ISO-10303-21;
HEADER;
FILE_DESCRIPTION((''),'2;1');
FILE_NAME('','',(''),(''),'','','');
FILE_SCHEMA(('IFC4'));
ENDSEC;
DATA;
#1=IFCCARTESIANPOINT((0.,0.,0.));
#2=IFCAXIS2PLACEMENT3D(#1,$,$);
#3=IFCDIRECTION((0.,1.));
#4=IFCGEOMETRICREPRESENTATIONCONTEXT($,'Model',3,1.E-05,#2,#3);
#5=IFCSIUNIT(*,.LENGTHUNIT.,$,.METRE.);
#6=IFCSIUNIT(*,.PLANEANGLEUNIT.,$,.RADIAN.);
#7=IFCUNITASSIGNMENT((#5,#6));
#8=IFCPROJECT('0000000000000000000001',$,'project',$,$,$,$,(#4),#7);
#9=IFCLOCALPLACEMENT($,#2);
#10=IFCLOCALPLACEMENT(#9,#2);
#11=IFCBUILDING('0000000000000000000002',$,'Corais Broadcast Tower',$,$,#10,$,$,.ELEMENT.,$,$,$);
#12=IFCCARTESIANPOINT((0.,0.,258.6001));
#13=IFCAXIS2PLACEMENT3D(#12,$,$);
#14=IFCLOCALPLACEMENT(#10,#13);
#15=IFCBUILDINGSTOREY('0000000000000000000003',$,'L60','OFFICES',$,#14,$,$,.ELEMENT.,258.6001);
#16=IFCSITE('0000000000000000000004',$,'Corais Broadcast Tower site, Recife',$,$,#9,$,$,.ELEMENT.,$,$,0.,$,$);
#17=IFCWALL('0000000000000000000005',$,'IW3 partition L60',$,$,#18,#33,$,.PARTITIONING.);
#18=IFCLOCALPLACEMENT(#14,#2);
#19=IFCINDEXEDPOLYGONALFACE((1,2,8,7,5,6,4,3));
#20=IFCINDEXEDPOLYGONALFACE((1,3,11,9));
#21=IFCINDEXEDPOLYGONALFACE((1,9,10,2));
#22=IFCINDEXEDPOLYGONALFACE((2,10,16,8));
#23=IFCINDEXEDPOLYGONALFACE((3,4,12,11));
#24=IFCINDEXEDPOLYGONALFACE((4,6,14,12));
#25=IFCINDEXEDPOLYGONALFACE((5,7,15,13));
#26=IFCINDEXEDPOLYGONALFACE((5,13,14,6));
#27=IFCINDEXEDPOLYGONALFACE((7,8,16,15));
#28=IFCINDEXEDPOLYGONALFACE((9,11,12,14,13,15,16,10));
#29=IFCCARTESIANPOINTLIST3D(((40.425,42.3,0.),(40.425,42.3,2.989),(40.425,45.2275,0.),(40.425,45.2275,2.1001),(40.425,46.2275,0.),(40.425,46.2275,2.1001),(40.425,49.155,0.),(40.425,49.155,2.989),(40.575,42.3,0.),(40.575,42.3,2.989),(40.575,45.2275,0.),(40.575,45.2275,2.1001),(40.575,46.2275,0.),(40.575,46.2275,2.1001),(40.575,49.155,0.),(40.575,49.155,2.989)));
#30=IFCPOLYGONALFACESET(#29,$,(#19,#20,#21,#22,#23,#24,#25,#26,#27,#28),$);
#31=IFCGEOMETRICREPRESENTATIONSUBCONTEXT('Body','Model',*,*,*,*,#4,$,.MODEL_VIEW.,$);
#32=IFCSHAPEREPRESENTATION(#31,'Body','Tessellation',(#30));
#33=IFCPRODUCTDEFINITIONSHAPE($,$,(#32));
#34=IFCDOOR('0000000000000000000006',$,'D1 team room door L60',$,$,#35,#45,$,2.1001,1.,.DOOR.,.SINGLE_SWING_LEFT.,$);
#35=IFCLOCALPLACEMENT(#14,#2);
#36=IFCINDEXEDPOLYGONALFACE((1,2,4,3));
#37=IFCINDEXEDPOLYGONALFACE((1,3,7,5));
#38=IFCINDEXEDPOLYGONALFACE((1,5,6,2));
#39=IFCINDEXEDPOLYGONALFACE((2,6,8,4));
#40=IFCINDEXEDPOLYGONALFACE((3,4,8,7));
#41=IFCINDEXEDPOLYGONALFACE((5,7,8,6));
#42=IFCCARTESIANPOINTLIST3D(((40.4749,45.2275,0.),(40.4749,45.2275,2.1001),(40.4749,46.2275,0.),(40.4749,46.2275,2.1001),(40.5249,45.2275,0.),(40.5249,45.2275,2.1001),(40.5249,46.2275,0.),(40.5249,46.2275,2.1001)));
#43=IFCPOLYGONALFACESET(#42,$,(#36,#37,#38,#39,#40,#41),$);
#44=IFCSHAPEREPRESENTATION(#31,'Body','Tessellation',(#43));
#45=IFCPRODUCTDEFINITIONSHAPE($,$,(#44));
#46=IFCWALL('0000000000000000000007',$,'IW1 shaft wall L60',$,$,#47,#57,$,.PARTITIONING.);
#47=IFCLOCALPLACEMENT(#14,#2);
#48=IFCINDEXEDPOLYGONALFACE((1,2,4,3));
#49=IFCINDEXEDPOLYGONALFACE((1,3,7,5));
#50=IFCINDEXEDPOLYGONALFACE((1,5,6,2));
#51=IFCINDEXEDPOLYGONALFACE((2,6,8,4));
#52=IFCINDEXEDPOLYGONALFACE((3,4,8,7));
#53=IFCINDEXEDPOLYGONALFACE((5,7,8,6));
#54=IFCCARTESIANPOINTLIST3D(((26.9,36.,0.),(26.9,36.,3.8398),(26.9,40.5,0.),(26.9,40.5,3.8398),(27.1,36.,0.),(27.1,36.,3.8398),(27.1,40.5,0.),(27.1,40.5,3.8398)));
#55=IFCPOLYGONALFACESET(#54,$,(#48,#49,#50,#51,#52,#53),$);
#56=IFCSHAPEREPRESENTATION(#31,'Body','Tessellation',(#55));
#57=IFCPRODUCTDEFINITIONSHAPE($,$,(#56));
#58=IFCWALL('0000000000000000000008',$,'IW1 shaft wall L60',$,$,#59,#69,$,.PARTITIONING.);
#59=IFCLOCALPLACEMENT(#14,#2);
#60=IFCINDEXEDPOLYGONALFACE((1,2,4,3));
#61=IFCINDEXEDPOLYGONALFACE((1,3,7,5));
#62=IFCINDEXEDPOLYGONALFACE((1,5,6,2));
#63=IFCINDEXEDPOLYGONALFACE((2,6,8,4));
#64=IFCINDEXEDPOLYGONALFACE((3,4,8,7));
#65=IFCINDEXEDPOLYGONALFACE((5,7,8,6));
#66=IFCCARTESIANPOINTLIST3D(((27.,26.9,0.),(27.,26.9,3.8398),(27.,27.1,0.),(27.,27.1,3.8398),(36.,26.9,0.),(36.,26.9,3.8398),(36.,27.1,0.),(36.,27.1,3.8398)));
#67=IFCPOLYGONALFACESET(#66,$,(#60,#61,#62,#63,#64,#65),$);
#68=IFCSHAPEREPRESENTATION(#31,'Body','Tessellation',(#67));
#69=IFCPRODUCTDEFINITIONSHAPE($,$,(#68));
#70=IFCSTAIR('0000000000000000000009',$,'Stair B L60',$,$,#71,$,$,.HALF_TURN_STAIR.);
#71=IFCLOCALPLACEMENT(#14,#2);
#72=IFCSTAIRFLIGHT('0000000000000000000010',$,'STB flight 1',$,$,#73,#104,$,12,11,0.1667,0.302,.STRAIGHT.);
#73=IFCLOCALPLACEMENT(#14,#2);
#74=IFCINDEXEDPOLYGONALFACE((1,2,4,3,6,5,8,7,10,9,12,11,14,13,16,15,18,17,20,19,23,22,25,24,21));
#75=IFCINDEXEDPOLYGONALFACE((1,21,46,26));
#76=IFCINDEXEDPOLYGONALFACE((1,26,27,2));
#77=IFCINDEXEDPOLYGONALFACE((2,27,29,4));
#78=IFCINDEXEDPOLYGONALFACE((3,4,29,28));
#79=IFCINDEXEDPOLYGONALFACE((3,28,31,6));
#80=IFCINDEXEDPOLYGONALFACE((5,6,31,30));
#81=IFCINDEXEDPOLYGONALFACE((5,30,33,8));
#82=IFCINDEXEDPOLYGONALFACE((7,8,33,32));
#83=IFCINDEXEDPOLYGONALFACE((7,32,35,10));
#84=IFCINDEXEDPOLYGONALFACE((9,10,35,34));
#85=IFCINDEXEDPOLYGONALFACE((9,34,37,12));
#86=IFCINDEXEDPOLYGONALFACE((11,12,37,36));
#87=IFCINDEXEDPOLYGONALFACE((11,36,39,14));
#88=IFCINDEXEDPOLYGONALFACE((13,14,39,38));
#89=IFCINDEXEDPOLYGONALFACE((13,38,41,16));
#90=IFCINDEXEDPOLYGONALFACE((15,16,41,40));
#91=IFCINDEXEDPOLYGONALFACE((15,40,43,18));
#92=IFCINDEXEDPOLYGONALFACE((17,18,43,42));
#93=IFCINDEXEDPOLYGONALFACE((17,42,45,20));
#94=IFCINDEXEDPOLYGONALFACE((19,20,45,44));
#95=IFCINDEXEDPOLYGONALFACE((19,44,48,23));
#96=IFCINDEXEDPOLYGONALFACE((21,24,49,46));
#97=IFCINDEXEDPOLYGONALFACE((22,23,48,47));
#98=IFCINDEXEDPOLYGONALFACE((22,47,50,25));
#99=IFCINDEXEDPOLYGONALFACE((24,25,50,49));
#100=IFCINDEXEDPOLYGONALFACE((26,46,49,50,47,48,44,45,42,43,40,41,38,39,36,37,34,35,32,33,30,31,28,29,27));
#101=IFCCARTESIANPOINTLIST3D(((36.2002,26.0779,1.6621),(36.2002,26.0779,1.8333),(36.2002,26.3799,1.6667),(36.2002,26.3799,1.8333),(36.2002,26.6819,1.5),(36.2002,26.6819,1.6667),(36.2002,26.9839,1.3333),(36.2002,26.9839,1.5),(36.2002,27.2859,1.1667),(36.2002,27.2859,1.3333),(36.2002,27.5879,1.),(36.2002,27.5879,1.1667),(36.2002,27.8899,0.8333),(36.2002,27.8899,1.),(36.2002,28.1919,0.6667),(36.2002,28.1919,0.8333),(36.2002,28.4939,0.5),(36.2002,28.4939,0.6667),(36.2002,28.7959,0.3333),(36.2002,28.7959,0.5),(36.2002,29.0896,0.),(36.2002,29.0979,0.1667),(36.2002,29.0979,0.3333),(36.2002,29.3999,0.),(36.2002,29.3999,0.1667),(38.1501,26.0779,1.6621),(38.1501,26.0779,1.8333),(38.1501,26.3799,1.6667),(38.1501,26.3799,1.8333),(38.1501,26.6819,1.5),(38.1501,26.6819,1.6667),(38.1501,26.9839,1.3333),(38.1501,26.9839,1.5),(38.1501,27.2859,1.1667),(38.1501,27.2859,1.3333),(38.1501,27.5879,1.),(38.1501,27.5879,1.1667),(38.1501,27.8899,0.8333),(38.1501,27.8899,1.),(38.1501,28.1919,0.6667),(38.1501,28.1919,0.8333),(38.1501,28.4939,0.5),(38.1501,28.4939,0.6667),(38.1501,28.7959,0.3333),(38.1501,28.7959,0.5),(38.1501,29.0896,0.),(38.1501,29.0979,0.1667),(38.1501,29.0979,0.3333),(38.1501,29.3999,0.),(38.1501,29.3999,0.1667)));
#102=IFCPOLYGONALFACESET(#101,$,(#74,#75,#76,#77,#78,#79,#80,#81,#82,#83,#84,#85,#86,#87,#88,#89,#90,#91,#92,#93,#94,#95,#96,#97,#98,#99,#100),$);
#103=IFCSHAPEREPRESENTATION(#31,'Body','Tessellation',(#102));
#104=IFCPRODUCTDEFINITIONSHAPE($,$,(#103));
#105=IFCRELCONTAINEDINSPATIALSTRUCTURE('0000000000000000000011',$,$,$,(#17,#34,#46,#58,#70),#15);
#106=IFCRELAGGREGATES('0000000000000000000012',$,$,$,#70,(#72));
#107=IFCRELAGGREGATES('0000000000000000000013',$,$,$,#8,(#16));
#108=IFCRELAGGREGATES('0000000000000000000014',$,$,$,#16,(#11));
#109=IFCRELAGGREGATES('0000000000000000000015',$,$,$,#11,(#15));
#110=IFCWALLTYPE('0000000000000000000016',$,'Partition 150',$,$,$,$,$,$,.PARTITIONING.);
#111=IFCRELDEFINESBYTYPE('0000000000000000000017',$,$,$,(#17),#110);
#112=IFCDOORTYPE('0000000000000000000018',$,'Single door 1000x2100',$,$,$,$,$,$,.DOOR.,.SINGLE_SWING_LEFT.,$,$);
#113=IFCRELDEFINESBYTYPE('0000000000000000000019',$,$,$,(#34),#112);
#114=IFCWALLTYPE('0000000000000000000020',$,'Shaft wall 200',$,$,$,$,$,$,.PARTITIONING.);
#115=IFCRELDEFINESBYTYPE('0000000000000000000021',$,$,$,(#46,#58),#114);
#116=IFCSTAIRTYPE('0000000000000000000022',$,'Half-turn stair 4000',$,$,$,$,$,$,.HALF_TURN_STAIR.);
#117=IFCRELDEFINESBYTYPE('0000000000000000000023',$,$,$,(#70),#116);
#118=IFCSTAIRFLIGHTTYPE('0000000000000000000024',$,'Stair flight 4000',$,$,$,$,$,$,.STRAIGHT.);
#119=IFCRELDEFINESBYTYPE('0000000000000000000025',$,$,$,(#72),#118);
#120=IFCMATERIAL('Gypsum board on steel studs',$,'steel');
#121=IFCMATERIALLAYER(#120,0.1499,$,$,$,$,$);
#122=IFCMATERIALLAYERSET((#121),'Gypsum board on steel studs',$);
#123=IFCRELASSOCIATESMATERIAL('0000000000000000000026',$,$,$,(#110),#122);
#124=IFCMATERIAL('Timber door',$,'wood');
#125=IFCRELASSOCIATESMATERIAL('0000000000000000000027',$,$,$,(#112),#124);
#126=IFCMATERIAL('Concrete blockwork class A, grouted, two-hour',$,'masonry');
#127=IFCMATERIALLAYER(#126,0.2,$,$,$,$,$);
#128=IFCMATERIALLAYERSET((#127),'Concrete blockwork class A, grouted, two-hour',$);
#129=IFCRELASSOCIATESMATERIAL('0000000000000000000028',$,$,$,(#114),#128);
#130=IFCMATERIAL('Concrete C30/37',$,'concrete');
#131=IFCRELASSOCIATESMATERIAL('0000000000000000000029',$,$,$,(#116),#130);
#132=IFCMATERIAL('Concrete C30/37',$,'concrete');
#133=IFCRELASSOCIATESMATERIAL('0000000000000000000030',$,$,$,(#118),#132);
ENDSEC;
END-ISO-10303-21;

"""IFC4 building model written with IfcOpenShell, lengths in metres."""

from ifc_helpers import new_model, si_unit, direction, frame, frame_2d, origin, place, context, subcontext, project, spatial, polyline, rectangle, outline, extrude, material, layer, layer_set, type_object, element, fill, aggregate, save


model = new_model("IFC4")

# Units and contexts
model_context = context("Model", 3, precision=1e-05, world=origin(), true_north=direction((0.0, 1.0)))
body_context = subcontext(model_context, "Body", "Model", "MODEL_VIEW")
ifc_project = project(units=[si_unit("LENGTHUNIT", "METRE"), si_unit("PLANEANGLEUNIT", "RADIAN")], contexts=[model_context])

# Site, building, storey
site_placement = place(None, origin())
site = spatial("IfcSite", under=ifc_project, at=site_placement, Name="Corais Broadcast Tower site, Recife", CompositionType="ELEMENT", RefElevation=0.0)
building_placement = place(site_placement, origin())
building = spatial("IfcBuilding", under=site, at=building_placement, Name="Corais Broadcast Tower", CompositionType="ELEMENT")
storey_placement = place(building_placement, frame((0.0, 0.0, 258.6001)))
storey = spatial("IfcBuildingStorey", under=building, at=storey_placement, Name="L60", Description="OFFICES", CompositionType="ELEMENT", Elevation=258.6001)

# Shared definitions
ifc_material_1 = material(Name="Gypsum board on steel studs", Category="steel")
ifc_layer_1 = layer(ifc_material_1, 0.1499)
ifc_layer_set_1 = layer_set([ifc_layer_1], Name="Gypsum board on steel studs")
wall_type_1 = type_object("IfcWallType", Name="Partition 150", PredefinedType="PARTITIONING", material=ifc_layer_set_1)
ifc_material_2 = material(Name="Timber door", Category="wood")
door_type = type_object("IfcDoorType", Name="Single door 1000x2100", OperationType="SINGLE_SWING_LEFT", PredefinedType="DOOR", material=ifc_material_2)

# Wall, opening, door
wall_1_placement = place(storey_placement, frame((40.5, 49.155, 0.0), z_axis=(0.0, 0.0, 1.0), x_axis=(0.0, -1.0, 0.0)))
wall_1 = element("IfcWall", 1, at=wall_1_placement, inside=storey, type_object=wall_type_1, Name="IW3 partition L60", PredefinedType="PARTITIONING", context=body_context, shape_type="SweptSolid", body=[
    extrude(rectangle(XDim=6.855, YDim=0.1499, at=frame_2d((3.4275, 0.0))), origin(), (0.0, 0.0, 1.0), 2.989),
])
opening_1_placement = place(wall_1_placement, frame((2.9275, 0.0, 0.0)))
opening_1 = element("IfcOpeningElement", 2, at=opening_1_placement, cuts=wall_1, PredefinedType="OPENING", context=body_context, shape_type="SweptSolid", body=[
    extrude(rectangle(XDim=1.0, YDim=2.1001, at=frame_2d((0.5, 1.05))), frame((0.0, 0.085, 0.0), z_axis=(0.0, -1.0, 0.0), x_axis=(1.0, 0.0, 0.0)), (0.0, 0.0, 1.0), 0.1699),
])
door_1_placement = place(opening_1_placement, origin())
door_1 = element("IfcDoor", 3, at=door_1_placement, inside=storey, type_object=door_type, Name="D1 team room door L60", OperationType="SINGLE_SWING_LEFT", OverallHeight=2.1001, OverallWidth=1.0, PredefinedType="DOOR", context=body_context, shape_type="SweptSolid", body=[
    extrude(rectangle(XDim=1.0, YDim=2.1001, at=frame_2d((0.5, 1.05))), frame((0.0, 0.0249, 0.0), z_axis=(0.0, -1.0, 0.0), x_axis=(1.0, 0.0, 0.0)), (0.0, 0.0, 1.0), 0.05),
])
fill(opening_1, door_1)

# Walls
ifc_material_3 = material(Name="Concrete blockwork class A, grouted, two-hour", Category="masonry")
ifc_layer_2 = layer(ifc_material_3, 0.2)
ifc_layer_set_2 = layer_set([ifc_layer_2], Name="Concrete blockwork class A, grouted, two-hour")
wall_type_2 = type_object("IfcWallType", Name="Shaft wall 200", PredefinedType="PARTITIONING", material=ifc_layer_set_2)
wall_2_placement = place(storey_placement, frame((27.0, 36.0, 0.0), z_axis=(0.0, 0.0, 1.0), x_axis=(0.0, 1.0, 0.0)))
element("IfcWall", 4, at=wall_2_placement, inside=storey, type_object=wall_type_2, Name="IW1 shaft wall L60", PredefinedType="PARTITIONING", context=body_context, shape_type="SweptSolid", body=[
    extrude(rectangle(XDim=4.5, YDim=0.2, at=frame_2d((2.25, 0.0))), origin(), (0.0, 0.0, 1.0), 3.8398),
])
wall_3_placement = place(storey_placement, frame((27.0, 27.0, 0.0), z_axis=(0.0, 0.0, 1.0), x_axis=(1.0, 0.0, 0.0)))
element("IfcWall", 5, at=wall_3_placement, inside=storey, type_object=wall_type_2, Name="IW1 shaft wall L60", PredefinedType="PARTITIONING", context=body_context, shape_type="SweptSolid", body=[
    extrude(rectangle(XDim=9.0, YDim=0.2, at=frame_2d((4.5, 0.0))), origin(), (0.0, 0.0, 1.0), 3.8398),
])

# Stair, stair flight
ifc_material_4 = material(Name="Concrete C30/37", Category="concrete")
stair_type = type_object("IfcStairType", Name="Half-turn stair 4000", PredefinedType="HALF_TURN_STAIR", material=ifc_material_4)
stair_placement = place(storey_placement, origin())
stair = element("IfcStair", 6, at=stair_placement, inside=storey, type_object=stair_type, Name="Stair B L60", PredefinedType="HALF_TURN_STAIR")
ifc_material_5 = material(Name="Concrete C30/37", Category="concrete")
stair_flight_type = type_object("IfcStairFlightType", Name="Stair flight 4000", PredefinedType="STRAIGHT", material=ifc_material_5)
stair_flight_placement = place(storey_placement, frame((37.175, 29.3999, 0.0), z_axis=(0.0, 0.0, 1.0), x_axis=(0.0, -1.0, 0.0)))
stair_flight = element("IfcStairFlight", 7, at=stair_flight_placement, type_object=stair_flight_type, Name="STB flight 1", NumberOfRisers=12, NumberOfTreads=11, PredefinedType="STRAIGHT", RiserHeight=0.1667, TreadLength=0.302, context=body_context, shape_type="SweptSolid", body=[
    extrude(outline(polyline([(0.0, 0.0), (0.0, 0.1667), (0.302, 0.1667), (0.302, 0.3333), (0.604, 0.3333), (0.604, 0.5), (0.906, 0.5), (0.906, 0.6667), (1.208, 0.6667), (1.208, 0.8333), (1.51, 0.8333), (1.51, 1.0), (1.812, 1.0), (1.812, 1.1667), (2.114, 1.1667), (2.114, 1.3333), (2.416, 1.3333), (2.416, 1.5), (2.718, 1.5), (2.718, 1.6667), (3.02, 1.6667), (3.02, 1.8333), (3.322, 1.8333), (3.322, 2.0), (3.322, 1.6621), (0.3103, 0.0), (0.0, 0.0)])), frame((0.0, 0.9751, 0.0), z_axis=(0.0, -1.0, 0.0), x_axis=(1.0, 0.0, 0.0)), (0.0, 0.0, 1.0), 1.95),
])
aggregate(stair, [stair_flight])

save(model, "model.ifc")
